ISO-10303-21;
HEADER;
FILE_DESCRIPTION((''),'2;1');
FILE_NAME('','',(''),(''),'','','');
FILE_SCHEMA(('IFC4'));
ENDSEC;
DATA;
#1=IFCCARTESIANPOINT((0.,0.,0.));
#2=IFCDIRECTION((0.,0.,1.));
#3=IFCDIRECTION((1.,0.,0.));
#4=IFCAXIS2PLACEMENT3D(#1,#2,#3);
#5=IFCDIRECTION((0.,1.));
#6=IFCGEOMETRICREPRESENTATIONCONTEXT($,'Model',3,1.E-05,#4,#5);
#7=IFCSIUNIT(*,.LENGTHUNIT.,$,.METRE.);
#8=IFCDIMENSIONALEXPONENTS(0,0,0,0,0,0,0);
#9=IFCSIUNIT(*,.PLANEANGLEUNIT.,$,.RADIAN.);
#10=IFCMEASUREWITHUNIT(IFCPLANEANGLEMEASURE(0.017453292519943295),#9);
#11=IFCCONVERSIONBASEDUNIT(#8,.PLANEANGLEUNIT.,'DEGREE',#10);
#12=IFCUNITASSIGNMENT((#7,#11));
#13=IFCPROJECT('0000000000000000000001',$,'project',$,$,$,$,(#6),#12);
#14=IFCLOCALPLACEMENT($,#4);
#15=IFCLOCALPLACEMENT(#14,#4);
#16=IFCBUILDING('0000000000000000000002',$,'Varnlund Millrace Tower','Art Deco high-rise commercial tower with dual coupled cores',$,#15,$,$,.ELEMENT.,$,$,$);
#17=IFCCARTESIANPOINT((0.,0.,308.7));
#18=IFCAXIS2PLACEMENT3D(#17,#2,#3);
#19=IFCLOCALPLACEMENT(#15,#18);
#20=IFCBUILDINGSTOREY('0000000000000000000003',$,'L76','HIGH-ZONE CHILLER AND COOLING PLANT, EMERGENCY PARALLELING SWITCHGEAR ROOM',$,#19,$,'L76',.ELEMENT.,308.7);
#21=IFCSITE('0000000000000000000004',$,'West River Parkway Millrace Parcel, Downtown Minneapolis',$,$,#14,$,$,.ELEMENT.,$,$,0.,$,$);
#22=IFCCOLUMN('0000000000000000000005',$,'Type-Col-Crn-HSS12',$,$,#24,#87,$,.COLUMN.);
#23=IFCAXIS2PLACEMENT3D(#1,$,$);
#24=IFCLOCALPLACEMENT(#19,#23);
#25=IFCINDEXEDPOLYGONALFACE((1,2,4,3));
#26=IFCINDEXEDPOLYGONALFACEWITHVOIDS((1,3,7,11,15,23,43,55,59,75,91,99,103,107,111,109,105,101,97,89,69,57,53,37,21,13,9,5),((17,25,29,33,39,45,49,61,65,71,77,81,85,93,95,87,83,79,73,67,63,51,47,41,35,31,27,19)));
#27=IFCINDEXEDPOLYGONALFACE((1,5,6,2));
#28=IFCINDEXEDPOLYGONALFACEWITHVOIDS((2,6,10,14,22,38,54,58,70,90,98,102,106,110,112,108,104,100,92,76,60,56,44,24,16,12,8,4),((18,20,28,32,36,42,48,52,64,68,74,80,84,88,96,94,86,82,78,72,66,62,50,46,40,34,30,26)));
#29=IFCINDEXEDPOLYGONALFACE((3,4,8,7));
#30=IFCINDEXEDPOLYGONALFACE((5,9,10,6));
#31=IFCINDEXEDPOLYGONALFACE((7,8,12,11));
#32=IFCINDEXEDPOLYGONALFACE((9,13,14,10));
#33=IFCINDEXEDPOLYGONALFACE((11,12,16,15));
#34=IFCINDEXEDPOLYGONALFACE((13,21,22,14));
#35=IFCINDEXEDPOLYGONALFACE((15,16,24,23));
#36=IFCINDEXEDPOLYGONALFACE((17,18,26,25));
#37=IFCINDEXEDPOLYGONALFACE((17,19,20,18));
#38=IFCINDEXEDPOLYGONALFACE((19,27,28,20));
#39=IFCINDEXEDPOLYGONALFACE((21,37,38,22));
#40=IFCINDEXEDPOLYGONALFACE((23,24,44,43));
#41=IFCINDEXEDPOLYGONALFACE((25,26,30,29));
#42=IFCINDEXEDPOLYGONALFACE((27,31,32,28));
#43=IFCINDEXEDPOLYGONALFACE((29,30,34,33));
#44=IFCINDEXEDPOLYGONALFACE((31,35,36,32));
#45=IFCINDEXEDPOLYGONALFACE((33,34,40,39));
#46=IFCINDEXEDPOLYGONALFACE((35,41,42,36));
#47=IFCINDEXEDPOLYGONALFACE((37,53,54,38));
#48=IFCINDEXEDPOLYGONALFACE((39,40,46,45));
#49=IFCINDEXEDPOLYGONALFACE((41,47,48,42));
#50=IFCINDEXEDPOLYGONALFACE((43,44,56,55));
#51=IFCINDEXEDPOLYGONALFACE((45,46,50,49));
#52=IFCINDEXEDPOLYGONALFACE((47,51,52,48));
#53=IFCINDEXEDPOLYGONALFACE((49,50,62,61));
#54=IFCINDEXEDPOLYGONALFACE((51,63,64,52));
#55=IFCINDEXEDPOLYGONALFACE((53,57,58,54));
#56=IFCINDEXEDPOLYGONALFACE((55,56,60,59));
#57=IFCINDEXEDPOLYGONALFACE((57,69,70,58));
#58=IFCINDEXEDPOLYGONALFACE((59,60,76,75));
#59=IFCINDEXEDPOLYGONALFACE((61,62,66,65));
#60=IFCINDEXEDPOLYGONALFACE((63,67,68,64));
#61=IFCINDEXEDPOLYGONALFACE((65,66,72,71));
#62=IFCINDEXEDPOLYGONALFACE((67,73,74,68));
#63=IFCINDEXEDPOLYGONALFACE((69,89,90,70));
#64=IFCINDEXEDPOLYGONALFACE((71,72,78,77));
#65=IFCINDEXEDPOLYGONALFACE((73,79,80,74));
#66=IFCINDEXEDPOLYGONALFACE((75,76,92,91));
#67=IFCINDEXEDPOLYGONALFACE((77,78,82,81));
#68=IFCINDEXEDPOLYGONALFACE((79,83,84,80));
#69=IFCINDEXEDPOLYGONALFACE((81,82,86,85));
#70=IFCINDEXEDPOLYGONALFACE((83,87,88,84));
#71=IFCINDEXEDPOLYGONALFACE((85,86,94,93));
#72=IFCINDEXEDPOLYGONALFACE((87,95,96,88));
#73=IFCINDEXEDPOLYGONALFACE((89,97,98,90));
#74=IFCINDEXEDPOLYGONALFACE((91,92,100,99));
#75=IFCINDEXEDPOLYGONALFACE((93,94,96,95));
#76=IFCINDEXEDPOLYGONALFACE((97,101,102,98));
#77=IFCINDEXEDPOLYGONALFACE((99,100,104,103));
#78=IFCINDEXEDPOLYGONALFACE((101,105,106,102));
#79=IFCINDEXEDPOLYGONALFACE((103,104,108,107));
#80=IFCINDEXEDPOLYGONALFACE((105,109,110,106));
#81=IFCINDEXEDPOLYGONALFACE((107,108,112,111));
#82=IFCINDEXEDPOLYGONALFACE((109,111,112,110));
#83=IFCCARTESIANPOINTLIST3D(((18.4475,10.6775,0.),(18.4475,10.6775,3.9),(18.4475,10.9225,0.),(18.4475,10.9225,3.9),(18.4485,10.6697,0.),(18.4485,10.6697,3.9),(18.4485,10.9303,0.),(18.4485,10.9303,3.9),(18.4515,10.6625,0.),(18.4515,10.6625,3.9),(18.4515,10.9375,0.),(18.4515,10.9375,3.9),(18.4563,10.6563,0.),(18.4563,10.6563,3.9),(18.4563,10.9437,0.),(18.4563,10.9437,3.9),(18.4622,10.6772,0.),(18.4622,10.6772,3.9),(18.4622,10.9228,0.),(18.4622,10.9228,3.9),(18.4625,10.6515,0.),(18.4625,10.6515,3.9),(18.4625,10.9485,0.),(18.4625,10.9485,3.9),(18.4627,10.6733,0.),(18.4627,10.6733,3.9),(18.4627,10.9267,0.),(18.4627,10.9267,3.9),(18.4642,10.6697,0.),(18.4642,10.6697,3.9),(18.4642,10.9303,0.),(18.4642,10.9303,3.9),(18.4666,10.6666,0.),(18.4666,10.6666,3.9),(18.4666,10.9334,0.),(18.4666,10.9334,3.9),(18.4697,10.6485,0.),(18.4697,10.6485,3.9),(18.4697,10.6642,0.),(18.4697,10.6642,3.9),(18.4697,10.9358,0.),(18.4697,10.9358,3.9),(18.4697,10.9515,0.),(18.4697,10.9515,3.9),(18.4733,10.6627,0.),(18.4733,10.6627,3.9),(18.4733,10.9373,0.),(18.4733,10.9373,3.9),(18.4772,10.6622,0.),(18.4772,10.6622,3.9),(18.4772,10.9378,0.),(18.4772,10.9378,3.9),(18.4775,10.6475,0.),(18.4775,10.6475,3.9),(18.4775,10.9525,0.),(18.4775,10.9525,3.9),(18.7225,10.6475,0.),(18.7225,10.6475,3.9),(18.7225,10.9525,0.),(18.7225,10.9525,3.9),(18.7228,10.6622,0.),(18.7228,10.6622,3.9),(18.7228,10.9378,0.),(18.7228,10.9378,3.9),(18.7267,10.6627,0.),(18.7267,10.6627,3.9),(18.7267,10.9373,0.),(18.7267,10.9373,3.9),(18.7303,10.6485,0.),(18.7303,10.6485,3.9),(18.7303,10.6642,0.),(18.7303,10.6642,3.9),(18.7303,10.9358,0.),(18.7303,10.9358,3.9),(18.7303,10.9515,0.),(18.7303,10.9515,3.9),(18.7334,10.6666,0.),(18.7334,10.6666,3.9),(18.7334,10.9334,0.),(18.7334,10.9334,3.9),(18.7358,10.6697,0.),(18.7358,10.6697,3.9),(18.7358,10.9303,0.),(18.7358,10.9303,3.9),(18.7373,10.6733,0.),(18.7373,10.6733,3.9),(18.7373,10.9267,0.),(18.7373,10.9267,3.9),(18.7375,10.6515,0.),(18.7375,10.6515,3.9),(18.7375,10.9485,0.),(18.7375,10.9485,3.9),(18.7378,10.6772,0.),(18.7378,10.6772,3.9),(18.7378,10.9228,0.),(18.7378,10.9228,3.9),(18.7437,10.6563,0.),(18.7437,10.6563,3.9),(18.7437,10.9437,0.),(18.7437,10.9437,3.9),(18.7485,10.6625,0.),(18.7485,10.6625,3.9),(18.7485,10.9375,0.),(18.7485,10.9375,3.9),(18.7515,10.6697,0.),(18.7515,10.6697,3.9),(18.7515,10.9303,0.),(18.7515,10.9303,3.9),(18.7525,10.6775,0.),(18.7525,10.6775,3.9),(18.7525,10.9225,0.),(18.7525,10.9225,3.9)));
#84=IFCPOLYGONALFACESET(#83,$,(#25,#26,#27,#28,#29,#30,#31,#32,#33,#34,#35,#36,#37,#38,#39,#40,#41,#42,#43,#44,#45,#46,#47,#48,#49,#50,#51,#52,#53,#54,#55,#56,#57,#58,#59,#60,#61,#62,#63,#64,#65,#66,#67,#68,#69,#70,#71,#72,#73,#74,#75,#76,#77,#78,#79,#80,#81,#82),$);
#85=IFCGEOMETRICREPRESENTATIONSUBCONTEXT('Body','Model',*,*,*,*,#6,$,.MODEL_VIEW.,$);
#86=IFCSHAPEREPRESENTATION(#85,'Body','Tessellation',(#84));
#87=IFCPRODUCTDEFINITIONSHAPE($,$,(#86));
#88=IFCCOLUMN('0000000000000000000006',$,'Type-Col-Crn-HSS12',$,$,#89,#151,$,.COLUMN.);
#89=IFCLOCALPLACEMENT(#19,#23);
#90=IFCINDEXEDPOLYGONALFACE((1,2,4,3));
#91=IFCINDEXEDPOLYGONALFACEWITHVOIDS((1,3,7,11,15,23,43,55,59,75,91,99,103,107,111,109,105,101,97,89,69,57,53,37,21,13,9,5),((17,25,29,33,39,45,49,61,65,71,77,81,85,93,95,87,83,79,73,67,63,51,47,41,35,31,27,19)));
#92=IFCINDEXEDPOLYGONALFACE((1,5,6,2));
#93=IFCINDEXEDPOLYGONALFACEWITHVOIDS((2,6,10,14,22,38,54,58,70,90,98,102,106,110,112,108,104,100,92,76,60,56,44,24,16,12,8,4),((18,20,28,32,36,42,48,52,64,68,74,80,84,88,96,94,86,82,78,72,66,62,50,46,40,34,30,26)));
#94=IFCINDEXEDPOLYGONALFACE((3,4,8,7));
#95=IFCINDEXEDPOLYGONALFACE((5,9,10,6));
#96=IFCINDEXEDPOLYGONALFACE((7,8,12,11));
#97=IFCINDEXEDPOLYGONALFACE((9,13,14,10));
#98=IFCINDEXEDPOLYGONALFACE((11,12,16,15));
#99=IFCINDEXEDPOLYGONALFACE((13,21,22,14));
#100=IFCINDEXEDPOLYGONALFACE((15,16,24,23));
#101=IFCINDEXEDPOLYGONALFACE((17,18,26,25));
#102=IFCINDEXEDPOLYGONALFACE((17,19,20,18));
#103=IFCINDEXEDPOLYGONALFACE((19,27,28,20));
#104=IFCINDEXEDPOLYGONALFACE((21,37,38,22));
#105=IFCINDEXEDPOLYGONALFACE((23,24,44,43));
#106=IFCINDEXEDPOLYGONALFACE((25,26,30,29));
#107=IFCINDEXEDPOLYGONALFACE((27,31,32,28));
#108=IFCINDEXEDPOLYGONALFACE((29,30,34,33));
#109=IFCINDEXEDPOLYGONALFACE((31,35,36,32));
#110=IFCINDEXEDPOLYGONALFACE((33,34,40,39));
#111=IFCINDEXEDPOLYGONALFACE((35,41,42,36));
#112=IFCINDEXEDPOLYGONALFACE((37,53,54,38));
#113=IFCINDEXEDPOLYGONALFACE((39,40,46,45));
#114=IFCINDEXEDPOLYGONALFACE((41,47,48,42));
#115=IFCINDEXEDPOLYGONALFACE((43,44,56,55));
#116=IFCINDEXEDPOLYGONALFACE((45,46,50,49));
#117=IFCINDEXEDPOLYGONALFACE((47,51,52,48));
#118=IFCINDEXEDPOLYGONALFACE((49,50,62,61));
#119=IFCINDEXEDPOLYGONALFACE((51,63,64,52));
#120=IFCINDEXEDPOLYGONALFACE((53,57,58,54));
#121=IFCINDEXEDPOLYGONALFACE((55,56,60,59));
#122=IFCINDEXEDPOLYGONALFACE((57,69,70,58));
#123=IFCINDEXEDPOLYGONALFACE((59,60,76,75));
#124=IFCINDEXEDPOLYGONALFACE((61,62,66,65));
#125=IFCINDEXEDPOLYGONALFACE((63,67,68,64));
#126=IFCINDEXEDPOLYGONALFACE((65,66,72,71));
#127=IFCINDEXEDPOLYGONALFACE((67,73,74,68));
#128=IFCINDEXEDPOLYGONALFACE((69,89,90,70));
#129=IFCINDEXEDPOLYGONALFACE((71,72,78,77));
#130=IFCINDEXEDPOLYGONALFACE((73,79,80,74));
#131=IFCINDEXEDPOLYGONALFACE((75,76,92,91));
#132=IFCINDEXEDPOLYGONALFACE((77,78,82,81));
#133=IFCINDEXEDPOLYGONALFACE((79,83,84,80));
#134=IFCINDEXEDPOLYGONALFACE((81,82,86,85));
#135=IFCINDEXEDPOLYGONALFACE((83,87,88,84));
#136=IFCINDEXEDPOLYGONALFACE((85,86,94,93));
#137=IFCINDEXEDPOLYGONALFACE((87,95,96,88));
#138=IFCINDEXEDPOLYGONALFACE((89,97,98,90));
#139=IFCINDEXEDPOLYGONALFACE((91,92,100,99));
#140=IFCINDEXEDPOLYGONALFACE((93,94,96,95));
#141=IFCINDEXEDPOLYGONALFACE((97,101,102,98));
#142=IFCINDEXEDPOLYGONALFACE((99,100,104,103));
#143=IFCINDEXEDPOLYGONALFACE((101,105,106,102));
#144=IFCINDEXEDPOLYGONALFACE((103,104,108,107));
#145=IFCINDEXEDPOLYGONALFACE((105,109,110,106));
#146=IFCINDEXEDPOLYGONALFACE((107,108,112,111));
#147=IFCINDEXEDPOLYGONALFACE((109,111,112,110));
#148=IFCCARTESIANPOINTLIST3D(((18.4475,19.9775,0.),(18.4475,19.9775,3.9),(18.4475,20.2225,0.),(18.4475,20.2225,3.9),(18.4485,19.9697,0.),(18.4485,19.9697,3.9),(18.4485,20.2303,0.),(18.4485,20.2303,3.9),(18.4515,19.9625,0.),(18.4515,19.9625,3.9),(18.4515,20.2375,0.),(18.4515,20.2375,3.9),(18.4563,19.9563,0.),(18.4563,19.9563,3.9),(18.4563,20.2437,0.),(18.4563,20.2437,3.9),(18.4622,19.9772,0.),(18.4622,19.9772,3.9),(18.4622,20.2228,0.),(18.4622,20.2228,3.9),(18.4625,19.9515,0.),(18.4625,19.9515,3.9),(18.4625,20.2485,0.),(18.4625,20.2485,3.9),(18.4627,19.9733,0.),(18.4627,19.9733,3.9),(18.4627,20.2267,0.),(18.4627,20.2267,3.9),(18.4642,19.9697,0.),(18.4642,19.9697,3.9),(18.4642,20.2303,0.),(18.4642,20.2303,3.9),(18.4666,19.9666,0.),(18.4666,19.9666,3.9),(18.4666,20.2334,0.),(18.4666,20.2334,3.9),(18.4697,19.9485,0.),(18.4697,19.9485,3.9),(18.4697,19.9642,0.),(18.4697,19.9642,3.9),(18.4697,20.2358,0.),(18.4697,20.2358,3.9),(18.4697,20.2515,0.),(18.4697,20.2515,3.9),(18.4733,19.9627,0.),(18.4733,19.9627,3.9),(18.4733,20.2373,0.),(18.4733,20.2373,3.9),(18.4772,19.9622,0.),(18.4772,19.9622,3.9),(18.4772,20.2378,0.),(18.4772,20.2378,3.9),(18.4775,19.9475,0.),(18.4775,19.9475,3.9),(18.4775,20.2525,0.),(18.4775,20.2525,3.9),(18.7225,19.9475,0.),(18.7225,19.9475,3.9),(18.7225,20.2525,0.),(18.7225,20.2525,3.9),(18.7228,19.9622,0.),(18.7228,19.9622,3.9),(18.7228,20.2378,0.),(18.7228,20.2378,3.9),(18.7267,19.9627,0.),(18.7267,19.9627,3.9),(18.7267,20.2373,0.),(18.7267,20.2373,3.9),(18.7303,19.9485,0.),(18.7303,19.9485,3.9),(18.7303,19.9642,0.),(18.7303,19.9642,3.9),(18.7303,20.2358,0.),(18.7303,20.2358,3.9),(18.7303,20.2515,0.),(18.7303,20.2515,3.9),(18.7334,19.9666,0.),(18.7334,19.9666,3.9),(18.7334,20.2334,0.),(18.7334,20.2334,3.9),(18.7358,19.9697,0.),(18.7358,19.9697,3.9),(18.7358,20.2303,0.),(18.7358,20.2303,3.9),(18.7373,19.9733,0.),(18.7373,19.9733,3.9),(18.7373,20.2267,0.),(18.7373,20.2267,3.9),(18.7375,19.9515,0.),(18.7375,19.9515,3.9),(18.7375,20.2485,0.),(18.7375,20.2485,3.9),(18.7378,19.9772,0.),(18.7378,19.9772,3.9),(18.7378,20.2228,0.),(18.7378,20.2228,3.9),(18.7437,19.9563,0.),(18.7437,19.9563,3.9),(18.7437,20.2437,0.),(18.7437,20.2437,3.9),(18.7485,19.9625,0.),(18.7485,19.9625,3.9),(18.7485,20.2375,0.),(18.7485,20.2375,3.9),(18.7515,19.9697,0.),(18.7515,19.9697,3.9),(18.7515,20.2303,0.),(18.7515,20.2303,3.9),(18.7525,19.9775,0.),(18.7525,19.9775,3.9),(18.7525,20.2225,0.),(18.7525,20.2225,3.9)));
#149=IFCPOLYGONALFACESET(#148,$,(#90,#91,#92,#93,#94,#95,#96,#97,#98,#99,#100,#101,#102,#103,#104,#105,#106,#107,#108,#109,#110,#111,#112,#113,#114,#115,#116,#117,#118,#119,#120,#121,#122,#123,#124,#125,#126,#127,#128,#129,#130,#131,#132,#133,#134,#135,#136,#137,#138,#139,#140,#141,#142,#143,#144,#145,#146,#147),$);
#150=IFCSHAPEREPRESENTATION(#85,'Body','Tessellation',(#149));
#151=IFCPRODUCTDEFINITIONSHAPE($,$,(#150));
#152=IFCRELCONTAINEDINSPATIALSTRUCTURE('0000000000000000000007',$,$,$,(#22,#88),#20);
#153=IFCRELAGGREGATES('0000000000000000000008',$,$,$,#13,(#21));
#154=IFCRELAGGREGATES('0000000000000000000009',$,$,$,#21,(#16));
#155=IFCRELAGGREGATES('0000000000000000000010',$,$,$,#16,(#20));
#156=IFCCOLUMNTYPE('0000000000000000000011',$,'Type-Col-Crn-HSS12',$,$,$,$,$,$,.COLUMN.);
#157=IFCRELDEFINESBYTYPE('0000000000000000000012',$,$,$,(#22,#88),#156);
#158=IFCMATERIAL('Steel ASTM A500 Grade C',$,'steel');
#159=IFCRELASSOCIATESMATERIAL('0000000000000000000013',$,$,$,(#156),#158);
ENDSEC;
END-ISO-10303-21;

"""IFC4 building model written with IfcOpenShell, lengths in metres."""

from ifc_helpers import new_model, entity, si_unit, converted_unit, direction, frame, origin_with_axes, origin_2d_with_axis, place, context, subcontext, project, spatial, hollow_rectangle, extrude, material, material_profile, profile_set, type_object, element, save


model = new_model("IFC4")

# Units and contexts
model_context = context("Model", 3, precision=1e-05, world=origin_with_axes(), true_north=direction((0.0, 1.0)))
body_context = subcontext(model_context, "Body", "Model", "MODEL_VIEW")
ifc_project = project(units=[si_unit("LENGTHUNIT", "METRE"), converted_unit("PLANEANGLEUNIT", "DEGREE", entity("IfcPlaneAngleMeasure", 0.017453292519943295), si_unit("PLANEANGLEUNIT", "RADIAN"), dimensions=[0, 0, 0, 0, 0, 0, 0])], contexts=[model_context])

# Site, building, storey
site_placement = place(None, origin_with_axes())
site = spatial("IfcSite", under=ifc_project, at=site_placement, Name="West River Parkway Millrace Parcel, Downtown Minneapolis", CompositionType="ELEMENT", RefElevation=0.0)
building_placement = place(site_placement, origin_with_axes())
building = spatial("IfcBuilding", under=site, at=building_placement, Name="Varnlund Millrace Tower", Description="Art Deco high-rise commercial tower with dual coupled cores", CompositionType="ELEMENT")
storey_placement = place(building_placement, frame((0.0, 0.0, 308.7), z_axis=(0.0, 0.0, 1.0), x_axis=(1.0, 0.0, 0.0)))
storey = spatial("IfcBuildingStorey", under=building, at=storey_placement, Name="L76", Description="HIGH-ZONE CHILLER AND COOLING PLANT, EMERGENCY PARALLELING SWITCHGEAR ROOM", LongName="L76", CompositionType="ELEMENT", Elevation=308.7)

# Columns
ifc_material_1 = material(Name="Steel ASTM A500 Grade C", Category="steel")
ifc_material_profile = material_profile(ifc_material_1, hollow_rectangle(XDim=0.305, YDim=0.305, WallThickness=0.0147, InnerFilletRadius=0.015, OuterFilletRadius=0.03, at=origin_2d_with_axis()), Name="Steel ASTM A500 Grade C")
ifc_profile_set = profile_set([ifc_material_profile], Name="Steel ASTM A500 Grade C")
column_type = type_object("IfcColumnType", Name="Type-Col-Crn-HSS12", PredefinedType="COLUMN", material=ifc_profile_set)
for number, where, z_axis, x_axis, name in (
    (1, (18.6, 10.8, 0.0), (0.0, 0.0, 1.0), (1.0, 0.0, 0.0), "Type-Col-Crn-HSS12"),
    (2, (18.6, 20.1, 0.0), (0.0, 0.0, 1.0), (1.0, 0.0, 0.0), "Type-Col-Crn-HSS12"),
):
    element("IfcColumn", number, at=place(storey_placement, frame(where, z_axis=z_axis, x_axis=x_axis)), inside=storey, type_object=column_type, Name=name, PredefinedType="COLUMN", context=body_context, shape_type="SweptSolid", body=[
        extrude(hollow_rectangle(XDim=0.305, YDim=0.305, WallThickness=0.0147, InnerFilletRadius=0.015, OuterFilletRadius=0.03, at=origin_2d_with_axis()), origin_with_axes(), (0.0, 0.0, 1.0), 3.9),
    ])

save(model, "model.ifc")
